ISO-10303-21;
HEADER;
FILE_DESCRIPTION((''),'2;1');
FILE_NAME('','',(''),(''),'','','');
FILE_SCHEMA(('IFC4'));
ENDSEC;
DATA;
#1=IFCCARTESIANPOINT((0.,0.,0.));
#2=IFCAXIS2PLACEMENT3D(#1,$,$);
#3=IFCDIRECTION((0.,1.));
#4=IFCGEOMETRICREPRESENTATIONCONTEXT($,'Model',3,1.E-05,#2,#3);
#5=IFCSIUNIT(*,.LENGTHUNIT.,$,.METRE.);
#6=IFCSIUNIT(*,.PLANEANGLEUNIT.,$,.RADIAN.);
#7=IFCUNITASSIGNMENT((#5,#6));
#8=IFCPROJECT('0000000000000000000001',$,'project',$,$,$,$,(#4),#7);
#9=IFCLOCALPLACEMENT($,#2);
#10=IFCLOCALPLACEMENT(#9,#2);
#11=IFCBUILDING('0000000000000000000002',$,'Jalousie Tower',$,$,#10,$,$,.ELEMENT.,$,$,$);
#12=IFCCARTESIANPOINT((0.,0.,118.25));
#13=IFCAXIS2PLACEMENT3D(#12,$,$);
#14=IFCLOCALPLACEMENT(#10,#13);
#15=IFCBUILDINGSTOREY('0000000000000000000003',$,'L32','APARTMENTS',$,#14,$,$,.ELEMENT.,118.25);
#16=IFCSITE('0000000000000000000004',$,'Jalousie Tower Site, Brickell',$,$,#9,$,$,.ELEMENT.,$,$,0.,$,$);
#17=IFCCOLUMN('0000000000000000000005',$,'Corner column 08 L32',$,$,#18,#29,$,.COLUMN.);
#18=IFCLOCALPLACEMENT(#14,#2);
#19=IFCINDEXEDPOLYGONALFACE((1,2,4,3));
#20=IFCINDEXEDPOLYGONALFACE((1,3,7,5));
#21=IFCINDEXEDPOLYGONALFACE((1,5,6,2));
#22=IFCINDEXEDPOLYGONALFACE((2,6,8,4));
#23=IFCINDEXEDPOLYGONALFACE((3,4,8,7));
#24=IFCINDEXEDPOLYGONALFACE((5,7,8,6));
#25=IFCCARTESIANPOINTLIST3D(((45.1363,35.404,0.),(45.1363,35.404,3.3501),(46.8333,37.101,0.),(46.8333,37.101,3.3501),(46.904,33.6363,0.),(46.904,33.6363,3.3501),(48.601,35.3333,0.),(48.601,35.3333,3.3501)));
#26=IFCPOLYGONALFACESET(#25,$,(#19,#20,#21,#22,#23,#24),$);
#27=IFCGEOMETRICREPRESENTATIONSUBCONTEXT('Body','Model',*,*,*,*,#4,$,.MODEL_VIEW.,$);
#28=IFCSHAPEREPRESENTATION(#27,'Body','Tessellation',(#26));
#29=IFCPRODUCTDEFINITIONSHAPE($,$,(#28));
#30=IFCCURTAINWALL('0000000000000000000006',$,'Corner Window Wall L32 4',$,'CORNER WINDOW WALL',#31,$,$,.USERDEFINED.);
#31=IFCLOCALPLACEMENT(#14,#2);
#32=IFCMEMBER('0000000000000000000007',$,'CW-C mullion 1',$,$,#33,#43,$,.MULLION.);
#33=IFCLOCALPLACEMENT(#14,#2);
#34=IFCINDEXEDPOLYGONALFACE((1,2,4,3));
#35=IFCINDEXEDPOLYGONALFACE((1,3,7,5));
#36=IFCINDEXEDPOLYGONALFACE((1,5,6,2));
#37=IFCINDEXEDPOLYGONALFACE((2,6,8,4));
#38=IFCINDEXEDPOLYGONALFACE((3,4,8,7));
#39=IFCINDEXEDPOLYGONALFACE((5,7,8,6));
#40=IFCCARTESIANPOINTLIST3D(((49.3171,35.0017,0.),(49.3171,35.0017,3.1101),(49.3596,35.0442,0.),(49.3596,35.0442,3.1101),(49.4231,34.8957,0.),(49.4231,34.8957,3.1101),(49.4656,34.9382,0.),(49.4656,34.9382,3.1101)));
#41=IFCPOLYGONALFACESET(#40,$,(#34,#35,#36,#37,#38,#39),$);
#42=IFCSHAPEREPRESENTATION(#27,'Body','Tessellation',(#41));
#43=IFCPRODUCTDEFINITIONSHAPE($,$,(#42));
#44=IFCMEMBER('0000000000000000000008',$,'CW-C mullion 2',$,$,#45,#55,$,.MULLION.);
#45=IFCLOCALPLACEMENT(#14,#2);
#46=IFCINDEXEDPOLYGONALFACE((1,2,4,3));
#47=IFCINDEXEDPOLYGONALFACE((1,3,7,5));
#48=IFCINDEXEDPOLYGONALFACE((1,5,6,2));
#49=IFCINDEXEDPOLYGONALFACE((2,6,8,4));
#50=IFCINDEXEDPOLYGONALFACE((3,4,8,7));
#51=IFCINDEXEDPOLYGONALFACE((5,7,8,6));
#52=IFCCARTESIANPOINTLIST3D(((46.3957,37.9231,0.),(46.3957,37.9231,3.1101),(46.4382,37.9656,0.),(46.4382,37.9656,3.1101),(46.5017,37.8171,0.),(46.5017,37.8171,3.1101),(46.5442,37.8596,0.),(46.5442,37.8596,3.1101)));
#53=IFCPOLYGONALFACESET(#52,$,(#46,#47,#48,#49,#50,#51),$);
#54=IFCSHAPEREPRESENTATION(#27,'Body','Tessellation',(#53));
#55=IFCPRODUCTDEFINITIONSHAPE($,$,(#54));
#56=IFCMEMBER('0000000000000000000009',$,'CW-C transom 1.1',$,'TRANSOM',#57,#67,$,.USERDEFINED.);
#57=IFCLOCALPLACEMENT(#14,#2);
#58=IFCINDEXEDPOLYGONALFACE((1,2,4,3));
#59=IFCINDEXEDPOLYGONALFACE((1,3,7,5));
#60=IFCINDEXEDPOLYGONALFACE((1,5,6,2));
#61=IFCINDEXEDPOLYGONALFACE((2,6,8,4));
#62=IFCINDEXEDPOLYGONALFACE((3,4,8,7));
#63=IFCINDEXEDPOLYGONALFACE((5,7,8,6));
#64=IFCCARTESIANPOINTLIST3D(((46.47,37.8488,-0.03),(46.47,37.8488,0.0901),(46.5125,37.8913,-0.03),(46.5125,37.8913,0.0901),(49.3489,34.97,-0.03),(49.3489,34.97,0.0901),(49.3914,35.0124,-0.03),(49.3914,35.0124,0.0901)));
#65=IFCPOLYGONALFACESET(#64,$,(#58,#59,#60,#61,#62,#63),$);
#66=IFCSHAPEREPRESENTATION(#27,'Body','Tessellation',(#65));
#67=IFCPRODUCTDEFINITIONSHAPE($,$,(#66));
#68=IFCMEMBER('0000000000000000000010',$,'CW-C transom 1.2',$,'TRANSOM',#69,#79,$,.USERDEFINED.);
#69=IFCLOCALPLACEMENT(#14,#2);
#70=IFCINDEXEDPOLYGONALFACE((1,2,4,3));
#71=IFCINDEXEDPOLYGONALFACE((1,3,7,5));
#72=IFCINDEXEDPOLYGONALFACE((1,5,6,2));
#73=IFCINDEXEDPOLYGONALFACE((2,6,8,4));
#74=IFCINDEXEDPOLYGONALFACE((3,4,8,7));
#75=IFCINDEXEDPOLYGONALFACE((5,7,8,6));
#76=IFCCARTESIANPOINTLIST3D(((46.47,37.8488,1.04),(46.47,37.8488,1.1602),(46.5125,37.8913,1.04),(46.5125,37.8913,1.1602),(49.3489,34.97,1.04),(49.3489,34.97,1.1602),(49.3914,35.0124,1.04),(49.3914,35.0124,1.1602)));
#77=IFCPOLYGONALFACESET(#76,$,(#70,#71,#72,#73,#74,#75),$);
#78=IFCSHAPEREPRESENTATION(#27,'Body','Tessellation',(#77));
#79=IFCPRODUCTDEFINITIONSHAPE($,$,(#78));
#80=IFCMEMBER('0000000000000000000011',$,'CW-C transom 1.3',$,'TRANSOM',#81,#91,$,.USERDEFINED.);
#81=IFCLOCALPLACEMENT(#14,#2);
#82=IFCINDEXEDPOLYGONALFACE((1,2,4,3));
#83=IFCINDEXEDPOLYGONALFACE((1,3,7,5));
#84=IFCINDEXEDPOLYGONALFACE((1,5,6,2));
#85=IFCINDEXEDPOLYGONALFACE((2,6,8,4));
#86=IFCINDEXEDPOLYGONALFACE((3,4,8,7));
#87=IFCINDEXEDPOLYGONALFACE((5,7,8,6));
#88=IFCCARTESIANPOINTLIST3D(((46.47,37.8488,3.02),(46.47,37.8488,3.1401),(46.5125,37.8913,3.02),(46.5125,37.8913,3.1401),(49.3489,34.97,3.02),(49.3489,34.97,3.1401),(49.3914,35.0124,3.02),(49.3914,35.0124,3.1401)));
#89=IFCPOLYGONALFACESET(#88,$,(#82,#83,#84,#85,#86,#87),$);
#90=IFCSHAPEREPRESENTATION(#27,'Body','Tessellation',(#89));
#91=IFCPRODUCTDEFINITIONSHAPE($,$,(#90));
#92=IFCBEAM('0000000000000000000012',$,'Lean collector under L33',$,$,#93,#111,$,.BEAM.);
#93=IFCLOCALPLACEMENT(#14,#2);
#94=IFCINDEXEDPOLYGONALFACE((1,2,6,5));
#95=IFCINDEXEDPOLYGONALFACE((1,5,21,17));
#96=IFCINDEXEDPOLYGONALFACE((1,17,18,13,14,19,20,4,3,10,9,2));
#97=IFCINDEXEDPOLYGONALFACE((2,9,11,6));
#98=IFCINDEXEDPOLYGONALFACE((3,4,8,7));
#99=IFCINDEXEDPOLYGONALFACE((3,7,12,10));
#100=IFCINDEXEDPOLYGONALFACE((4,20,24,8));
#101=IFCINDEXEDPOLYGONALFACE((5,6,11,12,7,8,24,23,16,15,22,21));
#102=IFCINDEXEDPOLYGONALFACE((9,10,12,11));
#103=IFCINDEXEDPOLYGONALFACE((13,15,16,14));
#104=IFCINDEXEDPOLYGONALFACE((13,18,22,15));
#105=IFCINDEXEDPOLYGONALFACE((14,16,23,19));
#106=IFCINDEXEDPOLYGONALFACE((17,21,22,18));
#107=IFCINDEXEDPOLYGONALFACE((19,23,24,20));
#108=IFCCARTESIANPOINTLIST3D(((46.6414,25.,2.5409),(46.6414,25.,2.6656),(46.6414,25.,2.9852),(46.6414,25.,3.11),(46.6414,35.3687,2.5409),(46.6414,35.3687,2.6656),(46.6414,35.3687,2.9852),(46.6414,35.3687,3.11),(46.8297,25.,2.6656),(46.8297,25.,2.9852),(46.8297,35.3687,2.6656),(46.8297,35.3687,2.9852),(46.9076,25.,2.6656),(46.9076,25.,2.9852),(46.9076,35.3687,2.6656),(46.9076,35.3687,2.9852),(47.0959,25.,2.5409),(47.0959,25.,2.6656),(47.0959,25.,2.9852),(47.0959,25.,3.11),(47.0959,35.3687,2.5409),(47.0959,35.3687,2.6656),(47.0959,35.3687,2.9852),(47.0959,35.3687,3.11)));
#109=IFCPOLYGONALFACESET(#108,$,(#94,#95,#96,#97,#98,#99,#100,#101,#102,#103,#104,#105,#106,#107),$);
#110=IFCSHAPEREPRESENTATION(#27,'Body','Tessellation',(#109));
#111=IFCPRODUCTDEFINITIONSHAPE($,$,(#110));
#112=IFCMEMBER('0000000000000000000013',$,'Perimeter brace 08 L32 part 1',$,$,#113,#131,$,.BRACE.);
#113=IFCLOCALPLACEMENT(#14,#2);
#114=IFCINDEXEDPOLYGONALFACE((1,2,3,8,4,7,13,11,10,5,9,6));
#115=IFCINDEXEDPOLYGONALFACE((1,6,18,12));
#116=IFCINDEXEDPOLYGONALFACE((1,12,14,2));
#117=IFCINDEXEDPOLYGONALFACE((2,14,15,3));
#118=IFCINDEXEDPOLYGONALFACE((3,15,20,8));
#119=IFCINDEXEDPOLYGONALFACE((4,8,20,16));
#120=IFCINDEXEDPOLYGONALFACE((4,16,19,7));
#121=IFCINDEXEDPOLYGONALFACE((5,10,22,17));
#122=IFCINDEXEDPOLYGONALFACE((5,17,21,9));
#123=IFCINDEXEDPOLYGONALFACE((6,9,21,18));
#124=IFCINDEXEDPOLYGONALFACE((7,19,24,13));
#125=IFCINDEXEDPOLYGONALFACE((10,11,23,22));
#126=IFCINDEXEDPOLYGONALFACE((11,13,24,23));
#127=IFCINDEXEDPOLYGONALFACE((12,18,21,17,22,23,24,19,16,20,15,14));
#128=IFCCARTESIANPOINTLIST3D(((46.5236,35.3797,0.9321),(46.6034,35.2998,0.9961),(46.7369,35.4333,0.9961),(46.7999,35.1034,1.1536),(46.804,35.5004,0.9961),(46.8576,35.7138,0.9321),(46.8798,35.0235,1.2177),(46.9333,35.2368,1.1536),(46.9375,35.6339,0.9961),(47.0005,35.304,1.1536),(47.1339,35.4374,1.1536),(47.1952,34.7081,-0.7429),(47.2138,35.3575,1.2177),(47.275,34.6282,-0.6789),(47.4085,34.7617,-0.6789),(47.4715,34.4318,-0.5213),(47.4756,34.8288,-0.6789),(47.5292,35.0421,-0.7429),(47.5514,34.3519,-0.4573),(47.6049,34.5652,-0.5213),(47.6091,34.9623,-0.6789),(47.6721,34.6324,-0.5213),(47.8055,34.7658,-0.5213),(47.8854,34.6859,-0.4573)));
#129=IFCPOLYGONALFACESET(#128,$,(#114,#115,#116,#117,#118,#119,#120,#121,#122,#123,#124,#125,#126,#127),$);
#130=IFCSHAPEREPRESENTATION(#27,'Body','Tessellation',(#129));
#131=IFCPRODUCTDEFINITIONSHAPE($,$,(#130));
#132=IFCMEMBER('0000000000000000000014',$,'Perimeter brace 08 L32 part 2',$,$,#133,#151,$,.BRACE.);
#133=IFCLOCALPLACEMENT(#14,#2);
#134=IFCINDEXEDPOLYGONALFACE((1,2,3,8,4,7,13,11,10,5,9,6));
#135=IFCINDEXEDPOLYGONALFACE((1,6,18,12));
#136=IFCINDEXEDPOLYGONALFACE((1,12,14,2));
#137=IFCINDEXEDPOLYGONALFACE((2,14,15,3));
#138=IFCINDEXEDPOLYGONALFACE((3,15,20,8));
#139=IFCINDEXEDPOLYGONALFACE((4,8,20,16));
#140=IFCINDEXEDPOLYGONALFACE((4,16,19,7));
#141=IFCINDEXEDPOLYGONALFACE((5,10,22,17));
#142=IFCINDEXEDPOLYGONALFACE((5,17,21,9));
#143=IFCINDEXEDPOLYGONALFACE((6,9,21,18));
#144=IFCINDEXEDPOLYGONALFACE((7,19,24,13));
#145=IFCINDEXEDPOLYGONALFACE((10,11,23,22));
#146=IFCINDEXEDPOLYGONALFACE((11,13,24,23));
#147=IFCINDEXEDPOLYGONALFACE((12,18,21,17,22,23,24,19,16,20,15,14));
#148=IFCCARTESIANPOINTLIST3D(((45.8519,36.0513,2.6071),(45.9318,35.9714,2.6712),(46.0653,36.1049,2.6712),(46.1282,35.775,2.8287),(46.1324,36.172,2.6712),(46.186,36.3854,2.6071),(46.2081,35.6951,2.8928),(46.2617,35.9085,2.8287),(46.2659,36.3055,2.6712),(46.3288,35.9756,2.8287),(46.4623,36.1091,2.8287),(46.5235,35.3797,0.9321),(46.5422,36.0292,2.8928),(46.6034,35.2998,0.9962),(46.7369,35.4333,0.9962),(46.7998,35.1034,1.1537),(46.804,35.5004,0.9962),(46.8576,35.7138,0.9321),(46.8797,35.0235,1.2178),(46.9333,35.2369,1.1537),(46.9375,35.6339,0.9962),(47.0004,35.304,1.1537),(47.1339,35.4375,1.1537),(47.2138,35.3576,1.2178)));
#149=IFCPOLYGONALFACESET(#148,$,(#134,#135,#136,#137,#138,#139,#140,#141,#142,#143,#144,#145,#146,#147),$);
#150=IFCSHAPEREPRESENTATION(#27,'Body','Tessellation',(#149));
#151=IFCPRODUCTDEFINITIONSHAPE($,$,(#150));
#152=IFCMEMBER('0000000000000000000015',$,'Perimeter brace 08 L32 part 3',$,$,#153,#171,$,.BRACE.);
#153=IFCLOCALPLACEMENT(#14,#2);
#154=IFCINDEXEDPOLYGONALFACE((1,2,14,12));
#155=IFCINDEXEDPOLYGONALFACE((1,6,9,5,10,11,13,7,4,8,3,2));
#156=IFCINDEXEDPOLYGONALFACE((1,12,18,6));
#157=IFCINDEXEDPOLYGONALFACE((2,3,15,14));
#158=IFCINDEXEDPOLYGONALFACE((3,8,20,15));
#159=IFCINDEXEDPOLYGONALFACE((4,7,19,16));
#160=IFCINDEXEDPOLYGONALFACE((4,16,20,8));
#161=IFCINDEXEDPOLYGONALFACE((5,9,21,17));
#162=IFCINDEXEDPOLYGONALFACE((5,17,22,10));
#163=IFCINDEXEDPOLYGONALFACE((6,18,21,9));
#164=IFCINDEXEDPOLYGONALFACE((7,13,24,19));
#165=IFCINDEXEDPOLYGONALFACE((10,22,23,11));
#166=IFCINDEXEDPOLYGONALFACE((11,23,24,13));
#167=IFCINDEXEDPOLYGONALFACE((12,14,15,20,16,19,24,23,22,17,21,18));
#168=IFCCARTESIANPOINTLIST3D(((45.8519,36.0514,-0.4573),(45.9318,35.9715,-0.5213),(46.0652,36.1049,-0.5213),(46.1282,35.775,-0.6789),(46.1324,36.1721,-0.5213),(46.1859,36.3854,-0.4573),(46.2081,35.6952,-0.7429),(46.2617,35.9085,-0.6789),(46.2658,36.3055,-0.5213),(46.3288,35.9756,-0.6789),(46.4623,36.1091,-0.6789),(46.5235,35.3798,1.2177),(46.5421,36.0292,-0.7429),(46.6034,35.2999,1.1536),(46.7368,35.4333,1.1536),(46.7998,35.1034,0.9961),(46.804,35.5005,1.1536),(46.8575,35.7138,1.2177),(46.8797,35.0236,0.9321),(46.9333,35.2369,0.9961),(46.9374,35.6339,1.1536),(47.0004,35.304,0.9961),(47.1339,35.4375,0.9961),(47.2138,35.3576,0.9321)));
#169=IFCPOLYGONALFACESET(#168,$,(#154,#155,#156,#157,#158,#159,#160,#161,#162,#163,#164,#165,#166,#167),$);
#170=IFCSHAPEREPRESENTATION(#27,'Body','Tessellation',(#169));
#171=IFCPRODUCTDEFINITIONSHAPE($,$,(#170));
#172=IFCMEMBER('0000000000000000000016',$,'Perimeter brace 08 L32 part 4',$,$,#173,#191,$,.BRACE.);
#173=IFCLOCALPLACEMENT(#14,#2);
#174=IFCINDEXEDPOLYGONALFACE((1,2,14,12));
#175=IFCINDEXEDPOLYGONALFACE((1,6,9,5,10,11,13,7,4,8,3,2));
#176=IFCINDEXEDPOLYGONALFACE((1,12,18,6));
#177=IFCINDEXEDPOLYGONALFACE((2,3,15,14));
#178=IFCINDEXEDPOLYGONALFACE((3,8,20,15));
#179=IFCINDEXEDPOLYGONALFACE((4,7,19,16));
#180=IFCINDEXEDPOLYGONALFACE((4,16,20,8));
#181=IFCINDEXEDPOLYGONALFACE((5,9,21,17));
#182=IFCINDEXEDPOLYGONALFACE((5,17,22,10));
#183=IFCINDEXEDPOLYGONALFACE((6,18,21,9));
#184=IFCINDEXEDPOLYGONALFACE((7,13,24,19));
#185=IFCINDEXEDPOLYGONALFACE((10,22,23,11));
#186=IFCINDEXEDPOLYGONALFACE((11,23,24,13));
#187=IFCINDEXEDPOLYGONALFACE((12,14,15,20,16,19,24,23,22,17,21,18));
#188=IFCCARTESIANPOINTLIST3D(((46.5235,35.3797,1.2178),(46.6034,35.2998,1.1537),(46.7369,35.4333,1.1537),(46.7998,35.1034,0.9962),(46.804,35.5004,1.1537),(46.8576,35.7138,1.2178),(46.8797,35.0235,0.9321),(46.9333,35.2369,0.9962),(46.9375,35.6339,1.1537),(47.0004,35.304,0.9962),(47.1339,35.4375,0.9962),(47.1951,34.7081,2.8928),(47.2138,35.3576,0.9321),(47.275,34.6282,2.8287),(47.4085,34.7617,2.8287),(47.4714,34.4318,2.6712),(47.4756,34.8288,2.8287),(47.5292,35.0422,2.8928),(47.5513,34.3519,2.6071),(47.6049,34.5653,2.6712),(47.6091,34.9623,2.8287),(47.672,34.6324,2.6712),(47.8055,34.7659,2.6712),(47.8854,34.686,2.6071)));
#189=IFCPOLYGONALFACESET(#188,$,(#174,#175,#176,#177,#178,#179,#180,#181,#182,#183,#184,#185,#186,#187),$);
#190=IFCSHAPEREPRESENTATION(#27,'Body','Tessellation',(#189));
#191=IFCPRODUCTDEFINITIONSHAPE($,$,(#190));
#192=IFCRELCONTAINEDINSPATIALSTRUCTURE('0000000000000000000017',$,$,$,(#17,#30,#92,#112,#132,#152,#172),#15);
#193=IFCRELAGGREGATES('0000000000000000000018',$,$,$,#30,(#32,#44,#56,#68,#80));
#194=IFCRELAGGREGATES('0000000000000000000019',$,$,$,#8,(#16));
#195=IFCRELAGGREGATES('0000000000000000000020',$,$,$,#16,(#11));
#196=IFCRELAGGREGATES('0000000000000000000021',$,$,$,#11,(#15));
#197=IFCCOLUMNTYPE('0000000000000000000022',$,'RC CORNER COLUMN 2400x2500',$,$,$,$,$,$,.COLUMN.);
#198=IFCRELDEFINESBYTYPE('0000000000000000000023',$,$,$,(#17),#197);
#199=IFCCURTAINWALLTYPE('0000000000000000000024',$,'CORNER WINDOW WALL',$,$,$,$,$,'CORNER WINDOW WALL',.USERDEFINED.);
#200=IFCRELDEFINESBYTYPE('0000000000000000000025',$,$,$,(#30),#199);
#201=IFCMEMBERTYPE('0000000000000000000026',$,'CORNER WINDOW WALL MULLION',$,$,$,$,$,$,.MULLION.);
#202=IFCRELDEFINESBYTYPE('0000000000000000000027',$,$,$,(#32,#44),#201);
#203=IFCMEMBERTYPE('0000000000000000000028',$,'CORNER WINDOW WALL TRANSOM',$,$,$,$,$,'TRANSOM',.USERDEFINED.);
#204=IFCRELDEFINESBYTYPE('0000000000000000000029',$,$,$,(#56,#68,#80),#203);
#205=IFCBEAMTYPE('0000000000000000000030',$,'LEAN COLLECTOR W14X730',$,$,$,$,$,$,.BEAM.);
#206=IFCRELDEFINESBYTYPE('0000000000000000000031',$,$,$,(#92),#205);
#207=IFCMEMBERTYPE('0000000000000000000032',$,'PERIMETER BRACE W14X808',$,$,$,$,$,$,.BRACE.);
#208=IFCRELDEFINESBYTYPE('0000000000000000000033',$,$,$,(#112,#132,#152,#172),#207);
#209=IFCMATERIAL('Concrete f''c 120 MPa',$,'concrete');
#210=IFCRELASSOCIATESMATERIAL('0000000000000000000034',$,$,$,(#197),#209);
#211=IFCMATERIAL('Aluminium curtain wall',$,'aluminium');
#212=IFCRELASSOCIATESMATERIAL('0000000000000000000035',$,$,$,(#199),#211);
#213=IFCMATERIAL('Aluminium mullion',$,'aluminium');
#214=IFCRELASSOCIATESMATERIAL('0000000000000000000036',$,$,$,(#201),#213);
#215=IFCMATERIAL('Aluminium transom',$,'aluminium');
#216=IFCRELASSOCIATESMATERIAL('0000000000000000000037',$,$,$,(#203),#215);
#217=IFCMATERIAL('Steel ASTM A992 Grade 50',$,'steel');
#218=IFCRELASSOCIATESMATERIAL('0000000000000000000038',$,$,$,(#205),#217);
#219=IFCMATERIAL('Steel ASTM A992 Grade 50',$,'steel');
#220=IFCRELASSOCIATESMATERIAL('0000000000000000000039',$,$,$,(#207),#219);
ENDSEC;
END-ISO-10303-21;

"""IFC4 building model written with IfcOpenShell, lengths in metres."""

from ifc_helpers import new_model, si_unit, direction, frame, origin, origin_2d, place, context, subcontext, project, spatial, rectangle, i_section, extrude, material, material_profile, profile_set, type_object, element, aggregate, save


model = new_model("IFC4")

# Units and contexts
model_context = context("Model", 3, precision=1e-05, world=origin(), true_north=direction((0.0, 1.0)))
body_context = subcontext(model_context, "Body", "Model", "MODEL_VIEW")
ifc_project = project(units=[si_unit("LENGTHUNIT", "METRE"), si_unit("PLANEANGLEUNIT", "RADIAN")], contexts=[model_context])

# Site, building, storey
site_placement = place(None, origin())
site = spatial("IfcSite", under=ifc_project, at=site_placement, Name="Jalousie Tower Site, Brickell", CompositionType="ELEMENT", RefElevation=0.0)
building_placement = place(site_placement, origin())
building = spatial("IfcBuilding", under=site, at=building_placement, Name="Jalousie Tower", CompositionType="ELEMENT")
storey_placement = place(building_placement, frame((0.0, 0.0, 118.25)))
storey = spatial("IfcBuildingStorey", under=building, at=storey_placement, Name="L32", Description="APARTMENTS", CompositionType="ELEMENT", Elevation=118.25)

# Column
ifc_material_1 = material(Name="Concrete f'c 120 MPa", Category="concrete")
ifc_material_profile_1 = material_profile(ifc_material_1, rectangle(XDim=2.3999, YDim=2.5, at=origin_2d()), Name="RC 2400x2500")
ifc_profile_set_1 = profile_set([ifc_material_profile_1], Name="Concrete f'c 120 MPa")
column_type = type_object("IfcColumnType", Name="RC CORNER COLUMN 2400x2500", PredefinedType="COLUMN", material=ifc_profile_set_1)
column_placement = place(storey_placement, frame((46.8687, 35.3687, 0.0), z_axis=(0.0, 0.0, 1.0), x_axis=(-0.707107, -0.707107, 0.0)))
element("IfcColumn", 1, at=column_placement, inside=storey, type_object=column_type, Name="Corner column 08 L32", PredefinedType="COLUMN", context=body_context, shape_type="SweptSolid", body=[
    extrude(rectangle(XDim=2.3999, YDim=2.5, at=origin_2d()), origin(), (0.0, 0.0, 1.0), 3.3501),
])

# Curtain wall, members
ifc_material_2 = material(Name="Aluminium curtain wall", Category="aluminium")
curtain_wall_type_1 = type_object("IfcCurtainWallType", Name="CORNER WINDOW WALL", ElementType="CORNER WINDOW WALL", PredefinedType="USERDEFINED", material=ifc_material_2)
curtain_wall_1_placement = place(storey_placement, origin())
curtain_wall_1 = element("IfcCurtainWall", 2, at=curtain_wall_1_placement, inside=storey, type_object=curtain_wall_type_1, Name="Corner Window Wall L32 4", ObjectType="CORNER WINDOW WALL", PredefinedType="USERDEFINED")
ifc_material_3 = material(Name="Aluminium mullion", Category="aluminium")
ifc_material_profile_2 = material_profile(ifc_material_3, rectangle(XDim=0.0601, YDim=0.1499, at=origin_2d()), Name="MULLION 60x150")
ifc_profile_set_2 = profile_set([ifc_material_profile_2], Name="Aluminium mullion")
member_type_1 = type_object("IfcMemberType", Name="CORNER WINDOW WALL MULLION", PredefinedType="MULLION", material=ifc_profile_set_2)
member_1_placement = place(storey_placement, frame((49.3914, 34.97, 0.0), z_axis=(0.0, 0.0, 1.0), x_axis=(-0.707107, -0.707107, 0.0)))
member_1 = element("IfcMember", 3, at=member_1_placement, type_object=member_type_1, Name="CW-C mullion 1", PredefinedType="MULLION", context=body_context, shape_type="SweptSolid", body=[
    extrude(rectangle(XDim=0.0601, YDim=0.1499, at=origin_2d()), origin(), (0.0, 0.0, 1.0), 3.1101),
])
member_2_placement = place(storey_placement, frame((46.47, 37.8914, 0.0), z_axis=(0.0, 0.0, 1.0), x_axis=(-0.707107, -0.707107, 0.0)))
member_2 = element("IfcMember", 4, at=member_2_placement, type_object=member_type_1, Name="CW-C mullion 2", PredefinedType="MULLION", context=body_context, shape_type="SweptSolid", body=[
    extrude(rectangle(XDim=0.0601, YDim=0.1499, at=origin_2d()), origin(), (0.0, 0.0, 1.0), 3.1101),
])
ifc_material_4 = material(Name="Aluminium transom", Category="aluminium")
ifc_material_profile_3 = material_profile(ifc_material_4, rectangle(XDim=0.0601, YDim=0.1201, at=origin_2d()), Name="TRANSOM 60x120")
ifc_profile_set_3 = profile_set([ifc_material_profile_3], Name="Aluminium transom")
member_type_2 = type_object("IfcMemberType", Name="CORNER WINDOW WALL TRANSOM", ElementType="TRANSOM", PredefinedType="USERDEFINED", material=ifc_profile_set_3)
member_3_placement = place(storey_placement, frame((49.3701, 34.9912, 0.03), z_axis=(-0.707107, 0.707107, 0.0), x_axis=(-0.707107, -0.707107, 0.0)))
member_3 = element("IfcMember", 5, at=member_3_placement, type_object=member_type_2, Name="CW-C transom 1.1", ObjectType="TRANSOM", PredefinedType="USERDEFINED", context=body_context, shape_type="SweptSolid", body=[
    extrude(rectangle(XDim=0.0601, YDim=0.1201, at=origin_2d()), origin(), (0.0, 0.0, 1.0), 4.0713),
])
member_4_placement = place(storey_placement, frame((49.3701, 34.9912, 1.1001), z_axis=(-0.707107, 0.707107, 0.0), x_axis=(-0.707107, -0.707107, 0.0)))
member_4 = element("IfcMember", 6, at=member_4_placement, type_object=member_type_2, Name="CW-C transom 1.2", ObjectType="TRANSOM", PredefinedType="USERDEFINED", context=body_context, shape_type="SweptSolid", body=[
    extrude(rectangle(XDim=0.0601, YDim=0.1201, at=origin_2d()), origin(), (0.0, 0.0, 1.0), 4.0713),
])
member_5_placement = place(storey_placement, frame((49.3701, 34.9912, 3.0801), z_axis=(-0.707107, 0.707107, 0.0), x_axis=(-0.707107, -0.707107, 0.0)))
member_5 = element("IfcMember", 7, at=member_5_placement, type_object=member_type_2, Name="CW-C transom 1.3", ObjectType="TRANSOM", PredefinedType="USERDEFINED", context=body_context, shape_type="SweptSolid", body=[
    extrude(rectangle(XDim=0.0601, YDim=0.1201, at=origin_2d()), origin(), (0.0, 0.0, 1.0), 4.0713),
])

# Beam
ifc_material_5 = material(Name="Steel ASTM A992 Grade 50", Category="steel")
ifc_material_profile_4 = material_profile(ifc_material_5, i_section(OverallWidth=0.4546, OverallDepth=0.5691, WebThickness=0.0779, FlangeThickness=0.1248, at=origin_2d()), Name="W14X730")
ifc_profile_set_4 = profile_set([ifc_material_profile_4], Name="Steel ASTM A992 Grade 50")
beam_type_1 = type_object("IfcBeamType", Name="LEAN COLLECTOR W14X730", PredefinedType="BEAM", material=ifc_profile_set_4)
beam_1_placement = place(storey_placement, frame((46.8687, 35.3687, 2.8254), z_axis=(0.0, -1.0, 0.0), x_axis=(1.0, 0.0, 0.0)))
element("IfcBeam", 8, at=beam_1_placement, inside=storey, type_object=beam_type_1, Name="Lean collector under L33", PredefinedType="BEAM", context=body_context, shape_type="SweptSolid", body=[
    extrude(i_section(OverallWidth=0.4546, OverallDepth=0.5691, WebThickness=0.0779, FlangeThickness=0.1248, at=origin_2d()), origin(), (0.0, 0.0, 1.0), 10.3687),
])

# Members
ifc_material_6 = material(Name="Steel ASTM A992 Grade 50", Category="steel")
ifc_material_profile_5 = material_profile(ifc_material_6, i_section(OverallWidth=0.4724, OverallDepth=0.5791, WebThickness=0.095, FlangeThickness=0.1299, at=origin_2d()), Name="W14X808")
ifc_profile_set_5 = profile_set([ifc_material_profile_5], Name="Steel ASTM A992 Grade 50")
member_type_3 = type_object("IfcMemberType", Name="PERIMETER BRACE W14X808", PredefinedType="BRACE", material=ifc_profile_set_5)
for number, where, z_axis, x_axis, name in (
    (9, (47.5403, 34.697, -0.6001), (-0.348789, 0.348789, 0.869881), (-0.707107, -0.707107, 0.0), "Perimeter brace 08 L32 part 1"),
    (10, (46.8687, 35.3687, 1.075), (-0.348789, 0.348789, 0.869881), (-0.707107, -0.707107, 0.0), "Perimeter brace 08 L32 part 2"),
    (11, (46.197, 36.0403, -0.6001), (0.348789, -0.348789, 0.869881), (0.707107, 0.707107, 0.0), "Perimeter brace 08 L32 part 3"),
    (12, (46.8687, 35.3687, 1.075), (0.348789, -0.348789, 0.869881), (0.707107, 0.707107, 0.0), "Perimeter brace 08 L32 part 4"),
):
    element("IfcMember", number, at=place(storey_placement, frame(where, z_axis=z_axis, x_axis=x_axis)), inside=storey, type_object=member_type_3, Name=name, PredefinedType="BRACE", context=body_context, shape_type="SweptSolid", body=[
        extrude(i_section(OverallWidth=0.4724, OverallDepth=0.5791, WebThickness=0.095, FlangeThickness=0.1299, at=origin_2d()), origin(), (0.0, 0.0, 1.0), 1.9255),
    ])

aggregate(curtain_wall_1, [member_1, member_2, member_3, member_4, member_5])

save(model, "model.ifc")
